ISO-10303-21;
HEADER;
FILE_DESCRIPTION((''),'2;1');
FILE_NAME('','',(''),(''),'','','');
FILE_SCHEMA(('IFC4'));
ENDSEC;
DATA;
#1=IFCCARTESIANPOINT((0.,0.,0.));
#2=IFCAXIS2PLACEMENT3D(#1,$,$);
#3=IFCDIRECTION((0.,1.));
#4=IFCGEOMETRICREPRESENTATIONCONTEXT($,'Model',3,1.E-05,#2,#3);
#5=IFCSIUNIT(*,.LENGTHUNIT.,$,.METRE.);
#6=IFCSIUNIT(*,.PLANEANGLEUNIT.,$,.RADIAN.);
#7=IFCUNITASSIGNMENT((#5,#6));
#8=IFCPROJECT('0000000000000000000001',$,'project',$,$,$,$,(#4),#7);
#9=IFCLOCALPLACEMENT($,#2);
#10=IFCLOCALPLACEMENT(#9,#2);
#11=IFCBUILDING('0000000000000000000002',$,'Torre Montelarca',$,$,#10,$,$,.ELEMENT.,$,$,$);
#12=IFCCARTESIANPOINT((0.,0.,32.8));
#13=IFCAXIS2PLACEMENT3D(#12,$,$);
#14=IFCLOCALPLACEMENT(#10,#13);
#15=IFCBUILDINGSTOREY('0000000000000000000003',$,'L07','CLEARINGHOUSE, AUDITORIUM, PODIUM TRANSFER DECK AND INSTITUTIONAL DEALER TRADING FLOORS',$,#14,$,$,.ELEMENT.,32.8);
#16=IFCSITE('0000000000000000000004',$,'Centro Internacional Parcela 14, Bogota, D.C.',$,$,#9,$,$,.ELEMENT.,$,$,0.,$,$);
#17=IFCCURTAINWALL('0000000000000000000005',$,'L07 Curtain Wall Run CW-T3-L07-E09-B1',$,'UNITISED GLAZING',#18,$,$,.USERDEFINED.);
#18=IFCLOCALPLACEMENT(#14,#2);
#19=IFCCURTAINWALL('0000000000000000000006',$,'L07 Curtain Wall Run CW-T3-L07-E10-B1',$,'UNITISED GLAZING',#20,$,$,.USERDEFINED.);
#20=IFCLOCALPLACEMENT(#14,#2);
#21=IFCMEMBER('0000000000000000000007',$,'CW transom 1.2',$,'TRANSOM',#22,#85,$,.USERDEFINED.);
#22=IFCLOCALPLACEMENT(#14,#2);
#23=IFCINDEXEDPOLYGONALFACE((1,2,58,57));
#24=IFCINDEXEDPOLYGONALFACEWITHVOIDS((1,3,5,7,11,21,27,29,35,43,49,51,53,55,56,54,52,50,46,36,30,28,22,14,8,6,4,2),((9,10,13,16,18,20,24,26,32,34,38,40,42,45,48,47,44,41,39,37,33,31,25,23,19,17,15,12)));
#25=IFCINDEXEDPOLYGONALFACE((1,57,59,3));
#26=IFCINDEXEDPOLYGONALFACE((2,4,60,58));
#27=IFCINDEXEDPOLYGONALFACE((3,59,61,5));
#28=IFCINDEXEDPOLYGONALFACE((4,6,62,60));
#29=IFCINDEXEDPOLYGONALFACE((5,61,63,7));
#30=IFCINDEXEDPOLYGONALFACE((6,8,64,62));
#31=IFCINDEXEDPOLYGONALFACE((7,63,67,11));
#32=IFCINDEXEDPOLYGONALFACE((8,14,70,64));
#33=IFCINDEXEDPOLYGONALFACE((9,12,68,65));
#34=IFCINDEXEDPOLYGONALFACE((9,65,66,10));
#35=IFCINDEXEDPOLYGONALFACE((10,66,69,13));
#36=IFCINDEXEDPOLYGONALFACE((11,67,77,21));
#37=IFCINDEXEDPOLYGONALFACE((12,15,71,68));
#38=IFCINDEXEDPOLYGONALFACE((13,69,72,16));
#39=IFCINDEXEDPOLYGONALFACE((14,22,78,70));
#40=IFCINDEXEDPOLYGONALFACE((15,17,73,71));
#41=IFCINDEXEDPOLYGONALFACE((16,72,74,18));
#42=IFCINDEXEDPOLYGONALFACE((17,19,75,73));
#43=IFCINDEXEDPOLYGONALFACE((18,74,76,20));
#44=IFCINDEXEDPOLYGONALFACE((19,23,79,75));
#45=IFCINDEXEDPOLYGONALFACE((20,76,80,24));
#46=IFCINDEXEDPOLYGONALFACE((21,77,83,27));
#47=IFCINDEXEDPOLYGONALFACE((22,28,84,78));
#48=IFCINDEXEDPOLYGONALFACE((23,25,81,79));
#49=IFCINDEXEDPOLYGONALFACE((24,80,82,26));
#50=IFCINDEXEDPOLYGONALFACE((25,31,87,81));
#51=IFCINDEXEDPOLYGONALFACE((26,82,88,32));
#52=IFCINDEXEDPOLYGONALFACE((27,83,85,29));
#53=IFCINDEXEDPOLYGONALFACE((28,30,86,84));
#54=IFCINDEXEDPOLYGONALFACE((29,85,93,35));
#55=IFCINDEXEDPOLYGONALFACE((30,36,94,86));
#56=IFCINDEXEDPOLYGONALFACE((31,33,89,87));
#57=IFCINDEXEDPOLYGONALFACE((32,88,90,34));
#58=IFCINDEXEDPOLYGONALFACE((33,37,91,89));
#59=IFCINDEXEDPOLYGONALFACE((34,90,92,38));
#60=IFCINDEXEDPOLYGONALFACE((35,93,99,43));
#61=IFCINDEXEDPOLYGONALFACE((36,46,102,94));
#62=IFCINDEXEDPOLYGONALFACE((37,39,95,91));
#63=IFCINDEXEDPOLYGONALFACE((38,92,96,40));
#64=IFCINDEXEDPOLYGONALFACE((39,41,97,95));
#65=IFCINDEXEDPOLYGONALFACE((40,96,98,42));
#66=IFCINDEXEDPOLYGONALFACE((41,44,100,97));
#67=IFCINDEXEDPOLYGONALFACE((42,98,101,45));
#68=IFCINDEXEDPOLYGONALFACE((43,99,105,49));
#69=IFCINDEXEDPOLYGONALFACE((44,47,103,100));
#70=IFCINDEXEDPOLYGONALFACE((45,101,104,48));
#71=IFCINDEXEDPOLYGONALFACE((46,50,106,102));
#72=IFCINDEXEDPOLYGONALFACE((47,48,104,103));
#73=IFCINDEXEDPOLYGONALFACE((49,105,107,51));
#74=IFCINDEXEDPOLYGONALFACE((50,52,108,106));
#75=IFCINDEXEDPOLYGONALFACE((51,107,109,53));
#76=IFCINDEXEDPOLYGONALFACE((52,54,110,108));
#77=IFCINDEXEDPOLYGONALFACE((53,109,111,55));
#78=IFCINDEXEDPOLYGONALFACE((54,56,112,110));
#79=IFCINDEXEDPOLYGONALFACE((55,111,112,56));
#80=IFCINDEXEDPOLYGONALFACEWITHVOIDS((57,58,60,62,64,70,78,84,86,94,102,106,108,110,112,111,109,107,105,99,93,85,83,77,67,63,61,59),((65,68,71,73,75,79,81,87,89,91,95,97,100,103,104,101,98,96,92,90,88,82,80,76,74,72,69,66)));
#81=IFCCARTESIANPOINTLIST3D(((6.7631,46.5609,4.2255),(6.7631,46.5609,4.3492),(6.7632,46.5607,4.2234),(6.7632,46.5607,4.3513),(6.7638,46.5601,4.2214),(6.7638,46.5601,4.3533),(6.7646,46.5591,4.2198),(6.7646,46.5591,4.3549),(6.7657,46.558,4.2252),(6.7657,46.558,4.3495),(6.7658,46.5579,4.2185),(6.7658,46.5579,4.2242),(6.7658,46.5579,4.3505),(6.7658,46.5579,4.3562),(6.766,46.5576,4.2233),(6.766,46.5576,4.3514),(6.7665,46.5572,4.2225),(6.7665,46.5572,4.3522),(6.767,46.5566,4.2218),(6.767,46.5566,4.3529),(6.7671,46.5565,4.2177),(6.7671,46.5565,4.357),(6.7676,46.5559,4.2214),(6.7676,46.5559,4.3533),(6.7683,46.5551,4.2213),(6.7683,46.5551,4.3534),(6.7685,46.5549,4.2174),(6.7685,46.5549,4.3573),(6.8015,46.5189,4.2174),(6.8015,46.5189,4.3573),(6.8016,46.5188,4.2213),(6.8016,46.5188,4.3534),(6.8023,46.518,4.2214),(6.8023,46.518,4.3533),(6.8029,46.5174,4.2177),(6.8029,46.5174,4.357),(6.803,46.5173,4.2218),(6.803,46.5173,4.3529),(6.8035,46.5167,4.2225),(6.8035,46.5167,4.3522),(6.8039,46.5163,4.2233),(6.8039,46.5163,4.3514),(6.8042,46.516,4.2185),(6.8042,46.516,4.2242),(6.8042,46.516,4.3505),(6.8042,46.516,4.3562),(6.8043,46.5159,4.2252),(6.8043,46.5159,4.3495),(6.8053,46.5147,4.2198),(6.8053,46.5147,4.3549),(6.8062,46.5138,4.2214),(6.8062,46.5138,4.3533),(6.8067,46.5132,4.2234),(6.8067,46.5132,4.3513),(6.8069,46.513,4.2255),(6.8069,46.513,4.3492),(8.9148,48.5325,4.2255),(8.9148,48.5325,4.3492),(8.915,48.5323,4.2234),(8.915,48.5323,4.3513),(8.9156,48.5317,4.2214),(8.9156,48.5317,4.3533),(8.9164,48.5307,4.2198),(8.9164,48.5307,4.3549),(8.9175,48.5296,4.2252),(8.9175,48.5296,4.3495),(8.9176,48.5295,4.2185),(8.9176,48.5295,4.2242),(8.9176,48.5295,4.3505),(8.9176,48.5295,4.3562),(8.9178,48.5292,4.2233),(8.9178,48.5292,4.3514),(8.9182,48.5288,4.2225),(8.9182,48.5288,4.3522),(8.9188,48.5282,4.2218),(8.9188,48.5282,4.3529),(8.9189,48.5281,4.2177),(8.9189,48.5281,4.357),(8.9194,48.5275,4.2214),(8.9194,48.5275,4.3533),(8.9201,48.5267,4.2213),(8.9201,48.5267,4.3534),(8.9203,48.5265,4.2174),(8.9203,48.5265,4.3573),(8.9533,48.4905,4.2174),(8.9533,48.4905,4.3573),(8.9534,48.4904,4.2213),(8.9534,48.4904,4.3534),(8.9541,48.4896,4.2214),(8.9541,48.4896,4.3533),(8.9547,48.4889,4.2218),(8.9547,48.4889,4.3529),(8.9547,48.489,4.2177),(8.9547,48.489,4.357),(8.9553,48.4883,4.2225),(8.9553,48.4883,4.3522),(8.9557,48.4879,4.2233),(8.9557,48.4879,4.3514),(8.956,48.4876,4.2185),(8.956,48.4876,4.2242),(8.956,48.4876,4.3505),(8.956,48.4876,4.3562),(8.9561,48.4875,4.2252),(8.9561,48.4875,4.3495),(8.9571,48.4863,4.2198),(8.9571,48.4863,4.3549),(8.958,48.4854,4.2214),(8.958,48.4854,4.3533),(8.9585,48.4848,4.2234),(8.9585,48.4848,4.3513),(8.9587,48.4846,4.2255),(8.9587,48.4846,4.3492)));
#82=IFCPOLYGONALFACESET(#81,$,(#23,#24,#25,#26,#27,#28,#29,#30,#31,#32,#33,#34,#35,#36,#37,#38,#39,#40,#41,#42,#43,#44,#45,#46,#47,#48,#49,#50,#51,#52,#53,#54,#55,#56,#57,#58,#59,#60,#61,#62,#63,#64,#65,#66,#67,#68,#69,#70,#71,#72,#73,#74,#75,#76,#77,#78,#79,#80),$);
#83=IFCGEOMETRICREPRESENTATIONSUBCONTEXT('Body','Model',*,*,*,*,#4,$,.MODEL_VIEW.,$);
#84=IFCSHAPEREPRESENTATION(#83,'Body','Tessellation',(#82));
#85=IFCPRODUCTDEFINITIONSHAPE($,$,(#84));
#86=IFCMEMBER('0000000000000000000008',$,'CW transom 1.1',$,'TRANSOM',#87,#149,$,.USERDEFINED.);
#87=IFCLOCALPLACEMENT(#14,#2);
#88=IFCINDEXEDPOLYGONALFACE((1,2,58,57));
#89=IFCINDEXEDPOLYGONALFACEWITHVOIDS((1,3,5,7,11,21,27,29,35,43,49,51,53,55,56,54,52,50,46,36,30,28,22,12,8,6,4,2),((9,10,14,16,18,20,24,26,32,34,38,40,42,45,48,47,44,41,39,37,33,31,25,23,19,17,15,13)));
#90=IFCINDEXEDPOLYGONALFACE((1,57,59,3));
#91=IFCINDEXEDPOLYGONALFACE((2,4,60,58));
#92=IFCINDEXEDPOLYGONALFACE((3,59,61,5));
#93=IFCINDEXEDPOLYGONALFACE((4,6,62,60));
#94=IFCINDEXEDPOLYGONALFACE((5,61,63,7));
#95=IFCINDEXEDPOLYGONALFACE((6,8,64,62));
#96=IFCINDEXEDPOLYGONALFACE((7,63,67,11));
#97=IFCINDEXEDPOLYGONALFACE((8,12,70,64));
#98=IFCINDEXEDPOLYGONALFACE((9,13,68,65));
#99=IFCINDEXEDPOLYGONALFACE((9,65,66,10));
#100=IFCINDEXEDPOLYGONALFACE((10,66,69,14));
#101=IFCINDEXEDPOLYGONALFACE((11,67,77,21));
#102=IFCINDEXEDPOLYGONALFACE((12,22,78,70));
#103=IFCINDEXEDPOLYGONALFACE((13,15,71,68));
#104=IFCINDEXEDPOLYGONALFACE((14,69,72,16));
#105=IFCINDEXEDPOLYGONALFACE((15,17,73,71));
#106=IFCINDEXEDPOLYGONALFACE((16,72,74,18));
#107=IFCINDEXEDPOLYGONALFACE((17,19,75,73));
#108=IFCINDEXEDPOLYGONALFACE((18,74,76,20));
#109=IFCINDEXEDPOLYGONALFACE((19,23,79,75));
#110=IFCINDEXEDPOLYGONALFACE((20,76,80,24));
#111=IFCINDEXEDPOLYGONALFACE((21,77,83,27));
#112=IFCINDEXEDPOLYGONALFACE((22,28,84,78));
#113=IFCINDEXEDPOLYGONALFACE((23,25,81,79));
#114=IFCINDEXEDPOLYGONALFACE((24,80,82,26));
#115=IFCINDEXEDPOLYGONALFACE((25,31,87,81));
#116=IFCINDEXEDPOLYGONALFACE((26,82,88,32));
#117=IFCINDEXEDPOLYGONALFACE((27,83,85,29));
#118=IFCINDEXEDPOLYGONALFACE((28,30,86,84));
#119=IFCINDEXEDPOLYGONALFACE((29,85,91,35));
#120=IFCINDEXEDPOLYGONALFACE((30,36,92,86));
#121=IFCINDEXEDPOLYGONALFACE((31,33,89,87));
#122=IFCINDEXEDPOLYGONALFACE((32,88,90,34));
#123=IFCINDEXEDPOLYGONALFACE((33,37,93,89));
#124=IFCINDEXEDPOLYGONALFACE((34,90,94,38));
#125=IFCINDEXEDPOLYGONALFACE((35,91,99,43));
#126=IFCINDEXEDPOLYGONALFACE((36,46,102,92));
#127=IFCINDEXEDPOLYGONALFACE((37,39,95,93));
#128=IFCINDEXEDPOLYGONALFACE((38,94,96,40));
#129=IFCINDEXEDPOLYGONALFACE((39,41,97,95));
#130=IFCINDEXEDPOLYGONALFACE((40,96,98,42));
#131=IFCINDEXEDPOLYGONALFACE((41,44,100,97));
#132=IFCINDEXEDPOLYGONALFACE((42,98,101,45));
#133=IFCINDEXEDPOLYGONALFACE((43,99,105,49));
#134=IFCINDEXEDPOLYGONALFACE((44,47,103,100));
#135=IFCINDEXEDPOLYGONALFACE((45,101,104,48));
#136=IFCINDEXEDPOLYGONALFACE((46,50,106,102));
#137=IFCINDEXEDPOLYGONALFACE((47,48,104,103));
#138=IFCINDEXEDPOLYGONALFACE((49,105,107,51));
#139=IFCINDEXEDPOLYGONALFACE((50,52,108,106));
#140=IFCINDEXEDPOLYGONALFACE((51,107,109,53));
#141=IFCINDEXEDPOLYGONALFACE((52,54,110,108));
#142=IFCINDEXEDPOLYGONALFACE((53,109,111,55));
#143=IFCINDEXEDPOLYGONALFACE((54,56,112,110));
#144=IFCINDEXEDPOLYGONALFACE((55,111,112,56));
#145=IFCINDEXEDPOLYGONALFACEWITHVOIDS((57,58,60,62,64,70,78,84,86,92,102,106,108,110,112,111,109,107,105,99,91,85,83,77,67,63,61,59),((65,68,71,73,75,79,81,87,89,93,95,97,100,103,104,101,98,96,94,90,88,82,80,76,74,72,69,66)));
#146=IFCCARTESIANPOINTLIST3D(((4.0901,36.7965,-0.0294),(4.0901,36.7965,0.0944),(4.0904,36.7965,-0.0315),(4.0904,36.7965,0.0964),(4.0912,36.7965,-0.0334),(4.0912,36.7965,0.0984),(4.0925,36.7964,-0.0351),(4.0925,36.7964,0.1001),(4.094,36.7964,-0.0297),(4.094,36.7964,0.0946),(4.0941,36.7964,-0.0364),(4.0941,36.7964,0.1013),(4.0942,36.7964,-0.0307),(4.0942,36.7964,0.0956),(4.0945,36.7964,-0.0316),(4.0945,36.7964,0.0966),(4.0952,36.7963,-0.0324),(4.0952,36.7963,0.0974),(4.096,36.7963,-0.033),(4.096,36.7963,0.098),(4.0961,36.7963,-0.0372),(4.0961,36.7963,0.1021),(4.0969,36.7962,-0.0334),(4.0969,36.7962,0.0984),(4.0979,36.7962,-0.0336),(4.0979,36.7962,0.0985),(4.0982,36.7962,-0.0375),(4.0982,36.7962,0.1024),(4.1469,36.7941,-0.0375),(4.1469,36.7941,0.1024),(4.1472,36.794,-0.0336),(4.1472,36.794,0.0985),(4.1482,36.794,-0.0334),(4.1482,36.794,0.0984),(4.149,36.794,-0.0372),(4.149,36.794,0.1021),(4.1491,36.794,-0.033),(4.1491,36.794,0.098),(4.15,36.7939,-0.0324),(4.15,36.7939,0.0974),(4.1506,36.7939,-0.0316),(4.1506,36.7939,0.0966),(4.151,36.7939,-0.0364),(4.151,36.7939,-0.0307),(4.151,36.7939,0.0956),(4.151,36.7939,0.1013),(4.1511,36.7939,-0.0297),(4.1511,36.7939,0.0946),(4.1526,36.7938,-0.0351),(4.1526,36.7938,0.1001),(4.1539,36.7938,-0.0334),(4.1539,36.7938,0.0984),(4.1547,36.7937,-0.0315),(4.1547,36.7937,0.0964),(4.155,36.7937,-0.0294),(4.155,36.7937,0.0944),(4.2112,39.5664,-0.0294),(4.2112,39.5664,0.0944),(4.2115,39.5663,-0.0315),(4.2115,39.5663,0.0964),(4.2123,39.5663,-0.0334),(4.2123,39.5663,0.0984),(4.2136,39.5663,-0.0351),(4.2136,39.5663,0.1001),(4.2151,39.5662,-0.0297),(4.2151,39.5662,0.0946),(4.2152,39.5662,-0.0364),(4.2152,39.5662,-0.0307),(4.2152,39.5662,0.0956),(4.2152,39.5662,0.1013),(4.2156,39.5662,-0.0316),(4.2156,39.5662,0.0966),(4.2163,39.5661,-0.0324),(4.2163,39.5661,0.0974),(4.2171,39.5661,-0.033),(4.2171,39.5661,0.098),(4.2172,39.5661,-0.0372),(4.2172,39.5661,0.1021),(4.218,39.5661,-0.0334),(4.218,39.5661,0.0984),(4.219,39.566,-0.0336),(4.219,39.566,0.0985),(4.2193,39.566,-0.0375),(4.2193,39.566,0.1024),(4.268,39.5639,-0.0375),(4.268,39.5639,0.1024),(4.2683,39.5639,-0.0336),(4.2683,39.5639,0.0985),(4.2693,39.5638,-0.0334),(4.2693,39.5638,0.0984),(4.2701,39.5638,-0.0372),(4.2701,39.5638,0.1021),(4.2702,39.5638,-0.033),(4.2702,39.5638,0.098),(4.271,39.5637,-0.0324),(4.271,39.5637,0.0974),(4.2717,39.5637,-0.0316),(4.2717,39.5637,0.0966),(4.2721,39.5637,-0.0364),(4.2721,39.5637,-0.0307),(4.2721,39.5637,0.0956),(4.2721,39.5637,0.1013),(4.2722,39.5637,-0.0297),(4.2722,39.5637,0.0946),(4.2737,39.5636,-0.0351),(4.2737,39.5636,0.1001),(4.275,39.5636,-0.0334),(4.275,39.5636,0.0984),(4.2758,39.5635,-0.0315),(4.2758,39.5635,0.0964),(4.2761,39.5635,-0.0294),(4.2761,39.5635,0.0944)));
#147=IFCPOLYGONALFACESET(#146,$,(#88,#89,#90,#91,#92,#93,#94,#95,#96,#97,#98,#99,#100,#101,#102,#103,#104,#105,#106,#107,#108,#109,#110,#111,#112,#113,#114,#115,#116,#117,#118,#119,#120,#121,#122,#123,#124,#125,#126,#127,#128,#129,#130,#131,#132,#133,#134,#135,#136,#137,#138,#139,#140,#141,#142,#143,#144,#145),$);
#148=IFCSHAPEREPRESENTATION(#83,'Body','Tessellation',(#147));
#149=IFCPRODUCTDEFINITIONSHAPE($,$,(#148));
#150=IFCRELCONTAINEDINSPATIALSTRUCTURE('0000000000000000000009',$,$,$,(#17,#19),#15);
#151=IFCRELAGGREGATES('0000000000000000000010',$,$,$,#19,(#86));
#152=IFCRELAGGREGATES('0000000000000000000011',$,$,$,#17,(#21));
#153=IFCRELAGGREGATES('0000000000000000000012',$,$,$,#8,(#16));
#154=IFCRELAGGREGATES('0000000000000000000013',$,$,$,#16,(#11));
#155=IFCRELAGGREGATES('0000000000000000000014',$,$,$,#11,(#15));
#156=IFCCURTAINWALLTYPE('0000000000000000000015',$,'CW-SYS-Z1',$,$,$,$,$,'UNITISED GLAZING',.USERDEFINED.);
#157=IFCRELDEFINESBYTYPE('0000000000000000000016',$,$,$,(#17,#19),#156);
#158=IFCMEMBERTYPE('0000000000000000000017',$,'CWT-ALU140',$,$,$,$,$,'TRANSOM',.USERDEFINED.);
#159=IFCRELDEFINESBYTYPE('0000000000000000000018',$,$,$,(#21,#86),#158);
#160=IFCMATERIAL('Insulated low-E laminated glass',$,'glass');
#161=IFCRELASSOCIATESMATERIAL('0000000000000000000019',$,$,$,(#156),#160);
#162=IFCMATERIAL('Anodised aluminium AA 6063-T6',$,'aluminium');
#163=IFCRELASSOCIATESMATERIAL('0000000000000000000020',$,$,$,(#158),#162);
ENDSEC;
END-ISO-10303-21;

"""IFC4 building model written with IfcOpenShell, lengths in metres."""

from ifc_helpers import new_model, si_unit, direction, frame, origin, origin_2d, place, context, subcontext, project, spatial, hollow_rectangle, extrude, source, transform, mapped, material, material_profile, profile_set, type_object, element, aggregate, save


model = new_model("IFC4")

# Units and contexts
model_context = context("Model", 3, precision=1e-05, world=origin(), true_north=direction((0.0, 1.0)))
body_context = subcontext(model_context, "Body", "Model", "MODEL_VIEW")
ifc_project = project(units=[si_unit("LENGTHUNIT", "METRE"), si_unit("PLANEANGLEUNIT", "RADIAN")], contexts=[model_context])

# Site, building, storey
site_placement = place(None, origin())
site = spatial("IfcSite", under=ifc_project, at=site_placement, Name="Centro Internacional Parcela 14, Bogota, D.C.", CompositionType="ELEMENT", RefElevation=0.0)
building_placement = place(site_placement, origin())
building = spatial("IfcBuilding", under=site, at=building_placement, Name="Torre Montelarca", CompositionType="ELEMENT")
storey_placement = place(building_placement, frame((0.0, 0.0, 32.8)))
storey = spatial("IfcBuildingStorey", under=building, at=storey_placement, Name="L07", Description="CLEARINGHOUSE, AUDITORIUM, PODIUM TRANSFER DECK AND INSTITUTIONAL DEALER TRADING FLOORS", CompositionType="ELEMENT", Elevation=32.8)

# Curtain wall
ifc_material_1 = material(Name="Insulated low-E laminated glass", Category="glass")
curtain_wall_type = type_object("IfcCurtainWallType", Name="CW-SYS-Z1", ElementType="UNITISED GLAZING", PredefinedType="USERDEFINED", material=ifc_material_1)
curtain_wall_1_placement = place(storey_placement, origin())
curtain_wall_1 = element("IfcCurtainWall", 1, at=curtain_wall_1_placement, inside=storey, type_object=curtain_wall_type, Name="L07 Curtain Wall Run CW-T3-L07-E09-B1", ObjectType="UNITISED GLAZING", PredefinedType="USERDEFINED")
ifc_material_2 = material(Name="Anodised aluminium AA 6063-T6", Category="aluminium")

# Curtain wall
curtain_wall_2_placement = place(storey_placement, origin())
curtain_wall_2 = element("IfcCurtainWall", 2, at=curtain_wall_2_placement, inside=storey, type_object=curtain_wall_type, Name="L07 Curtain Wall Run CW-T3-L07-E10-B1", ObjectType="UNITISED GLAZING", PredefinedType="USERDEFINED")

# Members
ifc_material_profile_1 = material_profile(ifc_material_2, hollow_rectangle(XDim=0.0649, YDim=0.1399, WallThickness=0.0039, InnerFilletRadius=0.0039, OuterFilletRadius=0.0081, at=origin_2d()), Name="ALU65X140X4", Category="aluminium")
ifc_profile_set_1 = profile_set([ifc_material_profile_1], Name="Anodised aluminium AA 6063-T6")
member_type_1 = type_object("IfcMemberType", Name="CWT-ALU140", ElementType="TRANSOM", PredefinedType="USERDEFINED", material=ifc_profile_set_1)
shared_shape_1 = source(origin(), body_context, "Body", "SweptSolid", [
    extrude(hollow_rectangle(XDim=0.0649, YDim=0.1399, WallThickness=0.0039, InnerFilletRadius=0.0039, OuterFilletRadius=0.0081, at=origin_2d()), origin(), (0.0, 0.0, 1.0), 2.9185),
])
member_1_placement = place(storey_placement, frame((8.9368, 48.5085, 4.2874), z_axis=(-0.7373, -0.675566, 0.0), x_axis=(0.675566, -0.7373, 0.0)))
member_1 = element("IfcMember", 3, at=member_1_placement, type_object=member_type_1, Name="CW transom 1.2", ObjectType="TRANSOM", PredefinedType="USERDEFINED", context=body_context, shape_type="MappedRepresentation", body=[
    mapped(shared_shape_1, transform((0.0, 0.0, 0.0), scale=1.0)),
])
shared_shape_2 = source(origin(), body_context, "Body", "SweptSolid", [
    extrude(hollow_rectangle(XDim=0.0649, YDim=0.1399, WallThickness=0.0039, InnerFilletRadius=0.0039, OuterFilletRadius=0.0081, at=origin_2d()), origin(), (0.0, 0.0, 1.0), 2.7725),
])
member_2_placement = place(storey_placement, frame((4.2437, 39.5649, 0.0325), z_axis=(-0.043678, -0.999046, 0.0), x_axis=(0.999046, -0.043678, 0.0)))
member_2 = element("IfcMember", 4, at=member_2_placement, type_object=member_type_1, Name="CW transom 1.1", ObjectType="TRANSOM", PredefinedType="USERDEFINED", context=body_context, shape_type="MappedRepresentation", body=[
    mapped(shared_shape_2, transform((0.0, 0.0, 0.0), scale=1.0)),
])
aggregate(curtain_wall_2, [member_2])

aggregate(curtain_wall_1, [member_1])

save(model, "model.ifc")
